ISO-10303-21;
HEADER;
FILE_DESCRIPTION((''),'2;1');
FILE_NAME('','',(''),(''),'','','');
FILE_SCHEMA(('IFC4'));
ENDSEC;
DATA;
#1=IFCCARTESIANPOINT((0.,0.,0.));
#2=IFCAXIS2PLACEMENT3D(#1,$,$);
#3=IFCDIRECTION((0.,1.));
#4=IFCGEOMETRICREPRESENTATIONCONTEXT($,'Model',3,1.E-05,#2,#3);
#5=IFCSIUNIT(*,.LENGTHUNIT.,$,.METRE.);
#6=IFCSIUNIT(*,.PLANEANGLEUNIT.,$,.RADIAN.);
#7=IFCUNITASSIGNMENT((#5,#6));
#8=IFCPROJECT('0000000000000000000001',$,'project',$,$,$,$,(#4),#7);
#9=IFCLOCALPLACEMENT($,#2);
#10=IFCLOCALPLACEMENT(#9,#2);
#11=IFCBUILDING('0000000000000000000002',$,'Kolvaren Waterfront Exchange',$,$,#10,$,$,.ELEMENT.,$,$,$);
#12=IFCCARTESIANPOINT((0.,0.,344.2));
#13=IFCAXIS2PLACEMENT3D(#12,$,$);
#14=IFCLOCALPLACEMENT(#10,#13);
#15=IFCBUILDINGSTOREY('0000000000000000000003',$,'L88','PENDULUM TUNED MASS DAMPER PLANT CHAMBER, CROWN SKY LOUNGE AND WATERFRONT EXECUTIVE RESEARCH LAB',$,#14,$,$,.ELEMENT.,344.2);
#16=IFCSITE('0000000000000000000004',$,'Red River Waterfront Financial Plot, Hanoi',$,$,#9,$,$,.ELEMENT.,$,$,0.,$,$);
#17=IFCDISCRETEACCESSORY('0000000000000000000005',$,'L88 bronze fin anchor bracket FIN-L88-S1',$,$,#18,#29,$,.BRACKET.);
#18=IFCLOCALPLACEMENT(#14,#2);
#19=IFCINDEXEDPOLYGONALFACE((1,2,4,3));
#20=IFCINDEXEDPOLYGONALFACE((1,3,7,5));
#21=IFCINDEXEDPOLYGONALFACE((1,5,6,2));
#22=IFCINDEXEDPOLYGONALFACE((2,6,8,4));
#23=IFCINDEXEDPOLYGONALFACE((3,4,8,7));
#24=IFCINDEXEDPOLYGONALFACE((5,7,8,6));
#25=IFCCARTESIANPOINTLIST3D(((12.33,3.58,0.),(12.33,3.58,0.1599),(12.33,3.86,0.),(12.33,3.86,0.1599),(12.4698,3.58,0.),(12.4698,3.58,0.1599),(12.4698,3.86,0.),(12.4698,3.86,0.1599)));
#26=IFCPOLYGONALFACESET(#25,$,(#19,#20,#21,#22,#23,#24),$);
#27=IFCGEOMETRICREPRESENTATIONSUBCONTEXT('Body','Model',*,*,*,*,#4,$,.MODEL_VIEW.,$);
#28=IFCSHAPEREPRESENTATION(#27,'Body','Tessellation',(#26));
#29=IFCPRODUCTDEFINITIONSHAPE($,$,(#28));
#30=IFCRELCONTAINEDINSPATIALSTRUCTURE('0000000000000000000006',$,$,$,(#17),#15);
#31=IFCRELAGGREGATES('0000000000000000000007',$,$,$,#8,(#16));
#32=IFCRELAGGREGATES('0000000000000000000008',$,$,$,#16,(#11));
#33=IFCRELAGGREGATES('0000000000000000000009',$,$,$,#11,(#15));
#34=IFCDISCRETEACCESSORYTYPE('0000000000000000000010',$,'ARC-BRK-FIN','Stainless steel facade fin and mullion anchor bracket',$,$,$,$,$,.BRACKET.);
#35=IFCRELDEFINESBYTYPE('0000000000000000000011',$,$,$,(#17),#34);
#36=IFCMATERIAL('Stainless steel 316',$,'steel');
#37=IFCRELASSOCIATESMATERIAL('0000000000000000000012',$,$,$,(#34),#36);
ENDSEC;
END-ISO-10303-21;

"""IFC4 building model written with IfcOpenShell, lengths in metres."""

from ifc_helpers import new_model, si_unit, direction, frame, origin, origin_with_axes, origin_2d, place, context, subcontext, project, spatial, rectangle, extrude, source, transform, mapped, material, type_object, element, save


model = new_model("IFC4")

# Units and contexts
model_context = context("Model", 3, precision=1e-05, world=origin(), true_north=direction((0.0, 1.0)))
body_context = subcontext(model_context, "Body", "Model", "MODEL_VIEW")
ifc_project = project(units=[si_unit("LENGTHUNIT", "METRE"), si_unit("PLANEANGLEUNIT", "RADIAN")], contexts=[model_context])

# Site, building, storey
site_placement = place(None, origin())
site = spatial("IfcSite", under=ifc_project, at=site_placement, Name="Red River Waterfront Financial Plot, Hanoi", CompositionType="ELEMENT", RefElevation=0.0)
building_placement = place(site_placement, origin())
building = spatial("IfcBuilding", under=site, at=building_placement, Name="Kolvaren Waterfront Exchange", CompositionType="ELEMENT")
storey_placement = place(building_placement, frame((0.0, 0.0, 344.2)))
storey = spatial("IfcBuildingStorey", under=building, at=storey_placement, Name="L88", Description="PENDULUM TUNED MASS DAMPER PLANT CHAMBER, CROWN SKY LOUNGE AND WATERFRONT EXECUTIVE RESEARCH LAB", CompositionType="ELEMENT", Elevation=344.2)

# Discrete accessory
ifc_material_1 = material(Name="Stainless steel 316", Category="steel")
discrete_accessory_type = type_object("IfcDiscreteAccessoryType", Name="ARC-BRK-FIN", Description="Stainless steel facade fin and mullion anchor bracket", PredefinedType="BRACKET", material=ifc_material_1)
shared_shape_1 = source(origin_with_axes(), body_context, "Body", "SweptSolid", [
    extrude(rectangle(XDim=0.28, YDim=0.1399, at=origin_2d()), origin(), (0.0, 0.0, 1.0), 0.1599),
])
discrete_accessory_placement = place(storey_placement, frame((12.3999, 3.72, 0.0), z_axis=(0.0, 0.0, 1.0), x_axis=(0.0, -1.0, 0.0)))
element("IfcDiscreteAccessory", 1, at=discrete_accessory_placement, inside=storey, type_object=discrete_accessory_type, Name="L88 bronze fin anchor bracket FIN-L88-S1", PredefinedType="BRACKET", context=body_context, shape_type="MappedRepresentation", body=[
    mapped(shared_shape_1, transform((0.0, 0.0, 0.0), x_axis=(1.0, 0.0, 0.0), y_axis=(0.0, 1.0, 0.0), z_axis=(0.0, 0.0, 1.0), scale=1.0)),
])

save(model, "model.ifc")
